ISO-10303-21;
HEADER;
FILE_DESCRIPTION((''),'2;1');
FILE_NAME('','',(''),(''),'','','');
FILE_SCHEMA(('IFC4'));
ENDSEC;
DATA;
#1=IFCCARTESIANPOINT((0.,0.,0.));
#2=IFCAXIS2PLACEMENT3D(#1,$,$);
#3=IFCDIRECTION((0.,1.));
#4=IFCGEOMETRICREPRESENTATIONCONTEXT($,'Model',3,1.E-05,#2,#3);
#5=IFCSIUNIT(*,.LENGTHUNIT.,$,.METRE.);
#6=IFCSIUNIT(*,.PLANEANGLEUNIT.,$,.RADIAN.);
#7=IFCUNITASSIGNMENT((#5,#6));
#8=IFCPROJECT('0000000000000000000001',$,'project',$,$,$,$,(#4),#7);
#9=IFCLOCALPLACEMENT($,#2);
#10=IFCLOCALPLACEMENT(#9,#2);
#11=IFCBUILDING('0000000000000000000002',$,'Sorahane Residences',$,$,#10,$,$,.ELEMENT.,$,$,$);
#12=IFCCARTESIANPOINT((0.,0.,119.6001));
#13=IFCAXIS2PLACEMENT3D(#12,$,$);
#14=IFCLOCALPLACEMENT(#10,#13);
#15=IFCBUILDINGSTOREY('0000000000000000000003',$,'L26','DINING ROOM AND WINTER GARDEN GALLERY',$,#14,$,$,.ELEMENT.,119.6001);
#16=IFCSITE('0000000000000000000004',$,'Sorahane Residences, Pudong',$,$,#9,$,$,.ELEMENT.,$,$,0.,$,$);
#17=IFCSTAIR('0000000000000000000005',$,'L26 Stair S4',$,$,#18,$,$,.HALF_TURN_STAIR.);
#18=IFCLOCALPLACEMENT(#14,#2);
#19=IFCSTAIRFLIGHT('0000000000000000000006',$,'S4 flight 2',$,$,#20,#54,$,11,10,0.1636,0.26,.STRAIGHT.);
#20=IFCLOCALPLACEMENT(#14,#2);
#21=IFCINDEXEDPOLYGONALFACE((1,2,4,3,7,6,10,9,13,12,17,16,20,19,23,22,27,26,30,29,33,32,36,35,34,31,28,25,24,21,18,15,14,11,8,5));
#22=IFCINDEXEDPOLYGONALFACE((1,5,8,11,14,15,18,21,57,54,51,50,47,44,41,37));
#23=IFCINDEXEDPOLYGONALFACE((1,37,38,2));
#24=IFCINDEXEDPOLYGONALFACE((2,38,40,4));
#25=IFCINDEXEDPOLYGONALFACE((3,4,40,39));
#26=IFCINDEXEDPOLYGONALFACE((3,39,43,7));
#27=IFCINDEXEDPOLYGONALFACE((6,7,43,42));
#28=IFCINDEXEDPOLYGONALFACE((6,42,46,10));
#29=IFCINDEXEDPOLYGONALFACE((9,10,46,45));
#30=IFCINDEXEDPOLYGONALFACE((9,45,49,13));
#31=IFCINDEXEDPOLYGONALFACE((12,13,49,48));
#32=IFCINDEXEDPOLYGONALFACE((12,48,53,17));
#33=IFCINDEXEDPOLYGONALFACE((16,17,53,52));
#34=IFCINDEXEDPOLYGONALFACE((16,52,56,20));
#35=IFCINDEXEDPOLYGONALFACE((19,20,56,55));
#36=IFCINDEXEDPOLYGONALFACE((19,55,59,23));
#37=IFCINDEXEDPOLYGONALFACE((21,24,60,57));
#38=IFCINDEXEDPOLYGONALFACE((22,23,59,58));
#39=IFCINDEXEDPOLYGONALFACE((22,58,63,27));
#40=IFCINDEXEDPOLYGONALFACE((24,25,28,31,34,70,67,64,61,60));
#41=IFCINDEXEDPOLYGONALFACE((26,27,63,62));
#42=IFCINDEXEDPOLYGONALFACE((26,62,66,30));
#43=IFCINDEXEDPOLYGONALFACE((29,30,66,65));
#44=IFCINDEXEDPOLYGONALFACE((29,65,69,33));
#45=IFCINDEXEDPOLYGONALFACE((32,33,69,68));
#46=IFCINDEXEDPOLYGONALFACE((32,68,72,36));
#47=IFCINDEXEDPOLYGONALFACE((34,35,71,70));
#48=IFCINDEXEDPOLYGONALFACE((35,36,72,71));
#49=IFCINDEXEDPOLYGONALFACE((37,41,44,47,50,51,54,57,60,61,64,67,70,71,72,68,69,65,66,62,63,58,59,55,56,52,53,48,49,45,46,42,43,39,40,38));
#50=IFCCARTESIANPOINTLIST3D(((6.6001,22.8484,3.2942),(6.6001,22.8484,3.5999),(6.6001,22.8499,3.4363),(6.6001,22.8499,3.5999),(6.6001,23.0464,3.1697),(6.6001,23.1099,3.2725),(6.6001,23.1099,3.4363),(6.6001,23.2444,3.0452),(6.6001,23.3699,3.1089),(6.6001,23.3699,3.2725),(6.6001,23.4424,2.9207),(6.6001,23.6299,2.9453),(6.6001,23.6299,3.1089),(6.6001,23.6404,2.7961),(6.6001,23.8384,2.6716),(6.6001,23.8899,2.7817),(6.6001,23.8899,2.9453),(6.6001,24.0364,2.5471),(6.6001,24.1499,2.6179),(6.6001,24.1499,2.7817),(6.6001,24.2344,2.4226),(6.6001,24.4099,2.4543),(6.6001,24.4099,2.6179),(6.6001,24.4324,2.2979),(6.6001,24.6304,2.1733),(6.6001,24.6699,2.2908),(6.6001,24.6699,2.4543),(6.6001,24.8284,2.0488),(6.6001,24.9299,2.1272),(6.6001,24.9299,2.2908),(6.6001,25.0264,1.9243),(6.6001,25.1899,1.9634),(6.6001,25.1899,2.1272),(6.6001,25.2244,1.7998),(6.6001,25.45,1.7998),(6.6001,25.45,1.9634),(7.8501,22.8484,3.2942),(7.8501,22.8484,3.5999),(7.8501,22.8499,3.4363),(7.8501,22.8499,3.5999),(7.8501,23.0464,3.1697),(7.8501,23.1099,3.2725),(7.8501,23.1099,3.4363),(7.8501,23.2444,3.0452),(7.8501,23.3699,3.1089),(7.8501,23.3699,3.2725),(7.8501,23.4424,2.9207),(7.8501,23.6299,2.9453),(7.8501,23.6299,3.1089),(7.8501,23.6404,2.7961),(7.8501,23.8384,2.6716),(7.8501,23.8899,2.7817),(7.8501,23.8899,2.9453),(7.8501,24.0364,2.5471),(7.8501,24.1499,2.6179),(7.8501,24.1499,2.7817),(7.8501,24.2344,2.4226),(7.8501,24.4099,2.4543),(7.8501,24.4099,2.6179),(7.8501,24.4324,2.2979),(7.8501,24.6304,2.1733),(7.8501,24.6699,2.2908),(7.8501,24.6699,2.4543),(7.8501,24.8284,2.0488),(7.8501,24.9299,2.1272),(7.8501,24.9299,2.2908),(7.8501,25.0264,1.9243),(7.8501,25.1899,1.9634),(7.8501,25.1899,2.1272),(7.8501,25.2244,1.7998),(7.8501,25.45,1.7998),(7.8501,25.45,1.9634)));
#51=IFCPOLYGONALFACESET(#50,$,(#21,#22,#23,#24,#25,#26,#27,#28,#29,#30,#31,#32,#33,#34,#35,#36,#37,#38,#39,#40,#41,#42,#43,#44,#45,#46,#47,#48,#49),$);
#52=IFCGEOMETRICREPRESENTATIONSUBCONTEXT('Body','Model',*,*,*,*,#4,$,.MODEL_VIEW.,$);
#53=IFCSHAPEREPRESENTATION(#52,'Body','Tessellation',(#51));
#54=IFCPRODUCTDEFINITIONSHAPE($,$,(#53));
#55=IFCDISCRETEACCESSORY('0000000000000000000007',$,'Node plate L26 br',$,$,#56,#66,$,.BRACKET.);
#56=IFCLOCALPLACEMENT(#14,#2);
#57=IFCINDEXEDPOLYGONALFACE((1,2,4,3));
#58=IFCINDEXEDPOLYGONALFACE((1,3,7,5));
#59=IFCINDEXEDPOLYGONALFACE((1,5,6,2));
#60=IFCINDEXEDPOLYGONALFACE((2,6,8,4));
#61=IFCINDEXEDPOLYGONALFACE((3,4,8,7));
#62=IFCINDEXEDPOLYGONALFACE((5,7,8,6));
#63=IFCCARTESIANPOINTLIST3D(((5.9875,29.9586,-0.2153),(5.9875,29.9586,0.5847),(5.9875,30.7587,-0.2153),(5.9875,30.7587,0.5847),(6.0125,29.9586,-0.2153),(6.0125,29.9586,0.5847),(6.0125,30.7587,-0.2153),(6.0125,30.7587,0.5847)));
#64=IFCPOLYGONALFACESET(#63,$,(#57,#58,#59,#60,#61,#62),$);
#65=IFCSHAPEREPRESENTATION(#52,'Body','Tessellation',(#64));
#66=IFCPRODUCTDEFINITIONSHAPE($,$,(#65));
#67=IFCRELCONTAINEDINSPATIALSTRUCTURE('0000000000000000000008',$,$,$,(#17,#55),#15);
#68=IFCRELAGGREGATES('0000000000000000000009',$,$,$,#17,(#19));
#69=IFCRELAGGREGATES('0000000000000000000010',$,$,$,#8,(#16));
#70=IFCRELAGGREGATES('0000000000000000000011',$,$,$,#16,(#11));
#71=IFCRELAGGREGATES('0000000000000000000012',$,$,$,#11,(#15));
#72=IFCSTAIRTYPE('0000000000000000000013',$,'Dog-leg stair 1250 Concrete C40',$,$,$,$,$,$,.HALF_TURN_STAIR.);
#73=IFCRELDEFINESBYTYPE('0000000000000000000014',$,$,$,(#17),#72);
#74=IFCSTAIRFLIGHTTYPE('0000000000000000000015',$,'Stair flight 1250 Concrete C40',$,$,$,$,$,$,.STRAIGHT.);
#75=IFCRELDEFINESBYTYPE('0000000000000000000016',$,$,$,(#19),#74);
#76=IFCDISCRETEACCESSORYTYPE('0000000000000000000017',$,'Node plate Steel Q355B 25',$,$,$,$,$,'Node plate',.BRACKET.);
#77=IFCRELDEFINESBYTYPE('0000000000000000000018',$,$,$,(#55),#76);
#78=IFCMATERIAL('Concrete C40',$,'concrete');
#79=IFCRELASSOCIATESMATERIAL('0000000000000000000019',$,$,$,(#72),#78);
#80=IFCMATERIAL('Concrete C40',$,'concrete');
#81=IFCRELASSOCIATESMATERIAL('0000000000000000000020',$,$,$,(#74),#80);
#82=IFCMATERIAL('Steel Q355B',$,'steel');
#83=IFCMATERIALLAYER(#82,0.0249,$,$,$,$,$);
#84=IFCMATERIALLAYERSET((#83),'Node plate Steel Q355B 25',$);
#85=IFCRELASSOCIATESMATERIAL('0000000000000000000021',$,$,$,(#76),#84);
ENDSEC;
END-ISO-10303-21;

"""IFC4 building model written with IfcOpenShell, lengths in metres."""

from ifc_helpers import new_model, si_unit, direction, frame, origin, origin_2d, place, context, subcontext, project, spatial, polyline, rectangle, outline, extrude, material, layer, layer_set, type_object, element, aggregate, save


model = new_model("IFC4")

# Units and contexts
model_context = context("Model", 3, precision=1e-05, world=origin(), true_north=direction((0.0, 1.0)))
body_context = subcontext(model_context, "Body", "Model", "MODEL_VIEW")
ifc_project = project(units=[si_unit("LENGTHUNIT", "METRE"), si_unit("PLANEANGLEUNIT", "RADIAN")], contexts=[model_context])

# Site, building, storey
site_placement = place(None, origin())
site = spatial("IfcSite", under=ifc_project, at=site_placement, Name="Sorahane Residences, Pudong", CompositionType="ELEMENT", RefElevation=0.0)
building_placement = place(site_placement, origin())
building = spatial("IfcBuilding", under=site, at=building_placement, Name="Sorahane Residences", CompositionType="ELEMENT")
storey_placement = place(building_placement, frame((0.0, 0.0, 119.6001)))
storey = spatial("IfcBuildingStorey", under=building, at=storey_placement, Name="L26", Description="DINING ROOM AND WINTER GARDEN GALLERY", CompositionType="ELEMENT", Elevation=119.6001)

# Stair, stair flight
ifc_material_1 = material(Name="Concrete C40", Category="concrete")
stair_type = type_object("IfcStairType", Name="Dog-leg stair 1250 Concrete C40", PredefinedType="HALF_TURN_STAIR", material=ifc_material_1)
stair_placement = place(storey_placement, origin())
stair = element("IfcStair", 1, at=stair_placement, inside=storey, type_object=stair_type, Name="L26 Stair S4", PredefinedType="HALF_TURN_STAIR")
ifc_material_2 = material(Name="Concrete C40", Category="concrete")
stair_flight_type = type_object("IfcStairFlightType", Name="Stair flight 1250 Concrete C40", PredefinedType="STRAIGHT", material=ifc_material_2)
stair_flight_placement = place(storey_placement, frame((7.2251, 25.45, 1.7998), z_axis=(0.0, 0.0, 1.0), x_axis=(0.0, -1.0, 0.0)))
stair_flight = element("IfcStairFlight", 2, at=stair_flight_placement, type_object=stair_flight_type, Name="S4 flight 2", NumberOfRisers=11, NumberOfTreads=10, PredefinedType="STRAIGHT", RiserHeight=0.1636, TreadLength=0.26, context=body_context, shape_type="SweptSolid", body=[
    extrude(outline(polyline([(0.0, 0.0), (0.0, 0.1636), (0.26, 0.1636), (0.26, 0.3274), (0.52, 0.3274), (0.52, 0.491), (0.78, 0.491), (0.78, 0.6545), (1.04, 0.6545), (1.04, 0.8181), (1.3, 0.8181), (1.3, 0.9819), (1.5601, 0.9819), (1.5601, 1.1455), (1.8201, 1.1455), (1.8201, 1.3091), (2.0801, 1.3091), (2.0801, 1.4727), (2.3401, 1.4727), (2.3401, 1.6365), (2.6001, 1.6365), (2.6001, 1.8), (2.6016, 1.8), (2.6016, 1.4944), (2.4036, 1.3699), (2.2056, 1.2454), (2.0076, 1.1208), (1.8096, 0.9963), (1.6116, 0.8718), (1.4136, 0.7473), (1.2156, 0.6228), (1.0176, 0.498), (0.8196, 0.3735), (0.6216, 0.249), (0.4236, 0.1245), (0.2256, 0.0), (0.0, 0.0)])), frame((0.0, 0.625, 0.0), z_axis=(0.0, -1.0, 0.0), x_axis=(1.0, 0.0, 0.0)), (0.0, 0.0, 1.0), 1.25),
])
aggregate(stair, [stair_flight])

# Discrete accessory
ifc_material_3 = material(Name="Steel Q355B", Category="steel")
ifc_layer_1 = layer(ifc_material_3, 0.0249)
ifc_layer_set_1 = layer_set([ifc_layer_1], Name="Node plate Steel Q355B 25")
discrete_accessory_type = type_object("IfcDiscreteAccessoryType", Name="Node plate Steel Q355B 25", ElementType="Node plate", PredefinedType="BRACKET", material=ifc_layer_set_1)
discrete_accessory_placement = place(storey_placement, frame((6.0, 30.3586, -0.2153), z_axis=(0.0, 0.0, 1.0), x_axis=(0.0, 1.0, 0.0)))
element("IfcDiscreteAccessory", 3, at=discrete_accessory_placement, inside=storey, type_object=discrete_accessory_type, Name="Node plate L26 br", PredefinedType="BRACKET", context=body_context, shape_type="SweptSolid", body=[
    extrude(rectangle(XDim=0.8, YDim=0.0249, at=origin_2d()), origin(), (0.0, 0.0, 1.0), 0.8),
])

save(model, "model.ifc")
